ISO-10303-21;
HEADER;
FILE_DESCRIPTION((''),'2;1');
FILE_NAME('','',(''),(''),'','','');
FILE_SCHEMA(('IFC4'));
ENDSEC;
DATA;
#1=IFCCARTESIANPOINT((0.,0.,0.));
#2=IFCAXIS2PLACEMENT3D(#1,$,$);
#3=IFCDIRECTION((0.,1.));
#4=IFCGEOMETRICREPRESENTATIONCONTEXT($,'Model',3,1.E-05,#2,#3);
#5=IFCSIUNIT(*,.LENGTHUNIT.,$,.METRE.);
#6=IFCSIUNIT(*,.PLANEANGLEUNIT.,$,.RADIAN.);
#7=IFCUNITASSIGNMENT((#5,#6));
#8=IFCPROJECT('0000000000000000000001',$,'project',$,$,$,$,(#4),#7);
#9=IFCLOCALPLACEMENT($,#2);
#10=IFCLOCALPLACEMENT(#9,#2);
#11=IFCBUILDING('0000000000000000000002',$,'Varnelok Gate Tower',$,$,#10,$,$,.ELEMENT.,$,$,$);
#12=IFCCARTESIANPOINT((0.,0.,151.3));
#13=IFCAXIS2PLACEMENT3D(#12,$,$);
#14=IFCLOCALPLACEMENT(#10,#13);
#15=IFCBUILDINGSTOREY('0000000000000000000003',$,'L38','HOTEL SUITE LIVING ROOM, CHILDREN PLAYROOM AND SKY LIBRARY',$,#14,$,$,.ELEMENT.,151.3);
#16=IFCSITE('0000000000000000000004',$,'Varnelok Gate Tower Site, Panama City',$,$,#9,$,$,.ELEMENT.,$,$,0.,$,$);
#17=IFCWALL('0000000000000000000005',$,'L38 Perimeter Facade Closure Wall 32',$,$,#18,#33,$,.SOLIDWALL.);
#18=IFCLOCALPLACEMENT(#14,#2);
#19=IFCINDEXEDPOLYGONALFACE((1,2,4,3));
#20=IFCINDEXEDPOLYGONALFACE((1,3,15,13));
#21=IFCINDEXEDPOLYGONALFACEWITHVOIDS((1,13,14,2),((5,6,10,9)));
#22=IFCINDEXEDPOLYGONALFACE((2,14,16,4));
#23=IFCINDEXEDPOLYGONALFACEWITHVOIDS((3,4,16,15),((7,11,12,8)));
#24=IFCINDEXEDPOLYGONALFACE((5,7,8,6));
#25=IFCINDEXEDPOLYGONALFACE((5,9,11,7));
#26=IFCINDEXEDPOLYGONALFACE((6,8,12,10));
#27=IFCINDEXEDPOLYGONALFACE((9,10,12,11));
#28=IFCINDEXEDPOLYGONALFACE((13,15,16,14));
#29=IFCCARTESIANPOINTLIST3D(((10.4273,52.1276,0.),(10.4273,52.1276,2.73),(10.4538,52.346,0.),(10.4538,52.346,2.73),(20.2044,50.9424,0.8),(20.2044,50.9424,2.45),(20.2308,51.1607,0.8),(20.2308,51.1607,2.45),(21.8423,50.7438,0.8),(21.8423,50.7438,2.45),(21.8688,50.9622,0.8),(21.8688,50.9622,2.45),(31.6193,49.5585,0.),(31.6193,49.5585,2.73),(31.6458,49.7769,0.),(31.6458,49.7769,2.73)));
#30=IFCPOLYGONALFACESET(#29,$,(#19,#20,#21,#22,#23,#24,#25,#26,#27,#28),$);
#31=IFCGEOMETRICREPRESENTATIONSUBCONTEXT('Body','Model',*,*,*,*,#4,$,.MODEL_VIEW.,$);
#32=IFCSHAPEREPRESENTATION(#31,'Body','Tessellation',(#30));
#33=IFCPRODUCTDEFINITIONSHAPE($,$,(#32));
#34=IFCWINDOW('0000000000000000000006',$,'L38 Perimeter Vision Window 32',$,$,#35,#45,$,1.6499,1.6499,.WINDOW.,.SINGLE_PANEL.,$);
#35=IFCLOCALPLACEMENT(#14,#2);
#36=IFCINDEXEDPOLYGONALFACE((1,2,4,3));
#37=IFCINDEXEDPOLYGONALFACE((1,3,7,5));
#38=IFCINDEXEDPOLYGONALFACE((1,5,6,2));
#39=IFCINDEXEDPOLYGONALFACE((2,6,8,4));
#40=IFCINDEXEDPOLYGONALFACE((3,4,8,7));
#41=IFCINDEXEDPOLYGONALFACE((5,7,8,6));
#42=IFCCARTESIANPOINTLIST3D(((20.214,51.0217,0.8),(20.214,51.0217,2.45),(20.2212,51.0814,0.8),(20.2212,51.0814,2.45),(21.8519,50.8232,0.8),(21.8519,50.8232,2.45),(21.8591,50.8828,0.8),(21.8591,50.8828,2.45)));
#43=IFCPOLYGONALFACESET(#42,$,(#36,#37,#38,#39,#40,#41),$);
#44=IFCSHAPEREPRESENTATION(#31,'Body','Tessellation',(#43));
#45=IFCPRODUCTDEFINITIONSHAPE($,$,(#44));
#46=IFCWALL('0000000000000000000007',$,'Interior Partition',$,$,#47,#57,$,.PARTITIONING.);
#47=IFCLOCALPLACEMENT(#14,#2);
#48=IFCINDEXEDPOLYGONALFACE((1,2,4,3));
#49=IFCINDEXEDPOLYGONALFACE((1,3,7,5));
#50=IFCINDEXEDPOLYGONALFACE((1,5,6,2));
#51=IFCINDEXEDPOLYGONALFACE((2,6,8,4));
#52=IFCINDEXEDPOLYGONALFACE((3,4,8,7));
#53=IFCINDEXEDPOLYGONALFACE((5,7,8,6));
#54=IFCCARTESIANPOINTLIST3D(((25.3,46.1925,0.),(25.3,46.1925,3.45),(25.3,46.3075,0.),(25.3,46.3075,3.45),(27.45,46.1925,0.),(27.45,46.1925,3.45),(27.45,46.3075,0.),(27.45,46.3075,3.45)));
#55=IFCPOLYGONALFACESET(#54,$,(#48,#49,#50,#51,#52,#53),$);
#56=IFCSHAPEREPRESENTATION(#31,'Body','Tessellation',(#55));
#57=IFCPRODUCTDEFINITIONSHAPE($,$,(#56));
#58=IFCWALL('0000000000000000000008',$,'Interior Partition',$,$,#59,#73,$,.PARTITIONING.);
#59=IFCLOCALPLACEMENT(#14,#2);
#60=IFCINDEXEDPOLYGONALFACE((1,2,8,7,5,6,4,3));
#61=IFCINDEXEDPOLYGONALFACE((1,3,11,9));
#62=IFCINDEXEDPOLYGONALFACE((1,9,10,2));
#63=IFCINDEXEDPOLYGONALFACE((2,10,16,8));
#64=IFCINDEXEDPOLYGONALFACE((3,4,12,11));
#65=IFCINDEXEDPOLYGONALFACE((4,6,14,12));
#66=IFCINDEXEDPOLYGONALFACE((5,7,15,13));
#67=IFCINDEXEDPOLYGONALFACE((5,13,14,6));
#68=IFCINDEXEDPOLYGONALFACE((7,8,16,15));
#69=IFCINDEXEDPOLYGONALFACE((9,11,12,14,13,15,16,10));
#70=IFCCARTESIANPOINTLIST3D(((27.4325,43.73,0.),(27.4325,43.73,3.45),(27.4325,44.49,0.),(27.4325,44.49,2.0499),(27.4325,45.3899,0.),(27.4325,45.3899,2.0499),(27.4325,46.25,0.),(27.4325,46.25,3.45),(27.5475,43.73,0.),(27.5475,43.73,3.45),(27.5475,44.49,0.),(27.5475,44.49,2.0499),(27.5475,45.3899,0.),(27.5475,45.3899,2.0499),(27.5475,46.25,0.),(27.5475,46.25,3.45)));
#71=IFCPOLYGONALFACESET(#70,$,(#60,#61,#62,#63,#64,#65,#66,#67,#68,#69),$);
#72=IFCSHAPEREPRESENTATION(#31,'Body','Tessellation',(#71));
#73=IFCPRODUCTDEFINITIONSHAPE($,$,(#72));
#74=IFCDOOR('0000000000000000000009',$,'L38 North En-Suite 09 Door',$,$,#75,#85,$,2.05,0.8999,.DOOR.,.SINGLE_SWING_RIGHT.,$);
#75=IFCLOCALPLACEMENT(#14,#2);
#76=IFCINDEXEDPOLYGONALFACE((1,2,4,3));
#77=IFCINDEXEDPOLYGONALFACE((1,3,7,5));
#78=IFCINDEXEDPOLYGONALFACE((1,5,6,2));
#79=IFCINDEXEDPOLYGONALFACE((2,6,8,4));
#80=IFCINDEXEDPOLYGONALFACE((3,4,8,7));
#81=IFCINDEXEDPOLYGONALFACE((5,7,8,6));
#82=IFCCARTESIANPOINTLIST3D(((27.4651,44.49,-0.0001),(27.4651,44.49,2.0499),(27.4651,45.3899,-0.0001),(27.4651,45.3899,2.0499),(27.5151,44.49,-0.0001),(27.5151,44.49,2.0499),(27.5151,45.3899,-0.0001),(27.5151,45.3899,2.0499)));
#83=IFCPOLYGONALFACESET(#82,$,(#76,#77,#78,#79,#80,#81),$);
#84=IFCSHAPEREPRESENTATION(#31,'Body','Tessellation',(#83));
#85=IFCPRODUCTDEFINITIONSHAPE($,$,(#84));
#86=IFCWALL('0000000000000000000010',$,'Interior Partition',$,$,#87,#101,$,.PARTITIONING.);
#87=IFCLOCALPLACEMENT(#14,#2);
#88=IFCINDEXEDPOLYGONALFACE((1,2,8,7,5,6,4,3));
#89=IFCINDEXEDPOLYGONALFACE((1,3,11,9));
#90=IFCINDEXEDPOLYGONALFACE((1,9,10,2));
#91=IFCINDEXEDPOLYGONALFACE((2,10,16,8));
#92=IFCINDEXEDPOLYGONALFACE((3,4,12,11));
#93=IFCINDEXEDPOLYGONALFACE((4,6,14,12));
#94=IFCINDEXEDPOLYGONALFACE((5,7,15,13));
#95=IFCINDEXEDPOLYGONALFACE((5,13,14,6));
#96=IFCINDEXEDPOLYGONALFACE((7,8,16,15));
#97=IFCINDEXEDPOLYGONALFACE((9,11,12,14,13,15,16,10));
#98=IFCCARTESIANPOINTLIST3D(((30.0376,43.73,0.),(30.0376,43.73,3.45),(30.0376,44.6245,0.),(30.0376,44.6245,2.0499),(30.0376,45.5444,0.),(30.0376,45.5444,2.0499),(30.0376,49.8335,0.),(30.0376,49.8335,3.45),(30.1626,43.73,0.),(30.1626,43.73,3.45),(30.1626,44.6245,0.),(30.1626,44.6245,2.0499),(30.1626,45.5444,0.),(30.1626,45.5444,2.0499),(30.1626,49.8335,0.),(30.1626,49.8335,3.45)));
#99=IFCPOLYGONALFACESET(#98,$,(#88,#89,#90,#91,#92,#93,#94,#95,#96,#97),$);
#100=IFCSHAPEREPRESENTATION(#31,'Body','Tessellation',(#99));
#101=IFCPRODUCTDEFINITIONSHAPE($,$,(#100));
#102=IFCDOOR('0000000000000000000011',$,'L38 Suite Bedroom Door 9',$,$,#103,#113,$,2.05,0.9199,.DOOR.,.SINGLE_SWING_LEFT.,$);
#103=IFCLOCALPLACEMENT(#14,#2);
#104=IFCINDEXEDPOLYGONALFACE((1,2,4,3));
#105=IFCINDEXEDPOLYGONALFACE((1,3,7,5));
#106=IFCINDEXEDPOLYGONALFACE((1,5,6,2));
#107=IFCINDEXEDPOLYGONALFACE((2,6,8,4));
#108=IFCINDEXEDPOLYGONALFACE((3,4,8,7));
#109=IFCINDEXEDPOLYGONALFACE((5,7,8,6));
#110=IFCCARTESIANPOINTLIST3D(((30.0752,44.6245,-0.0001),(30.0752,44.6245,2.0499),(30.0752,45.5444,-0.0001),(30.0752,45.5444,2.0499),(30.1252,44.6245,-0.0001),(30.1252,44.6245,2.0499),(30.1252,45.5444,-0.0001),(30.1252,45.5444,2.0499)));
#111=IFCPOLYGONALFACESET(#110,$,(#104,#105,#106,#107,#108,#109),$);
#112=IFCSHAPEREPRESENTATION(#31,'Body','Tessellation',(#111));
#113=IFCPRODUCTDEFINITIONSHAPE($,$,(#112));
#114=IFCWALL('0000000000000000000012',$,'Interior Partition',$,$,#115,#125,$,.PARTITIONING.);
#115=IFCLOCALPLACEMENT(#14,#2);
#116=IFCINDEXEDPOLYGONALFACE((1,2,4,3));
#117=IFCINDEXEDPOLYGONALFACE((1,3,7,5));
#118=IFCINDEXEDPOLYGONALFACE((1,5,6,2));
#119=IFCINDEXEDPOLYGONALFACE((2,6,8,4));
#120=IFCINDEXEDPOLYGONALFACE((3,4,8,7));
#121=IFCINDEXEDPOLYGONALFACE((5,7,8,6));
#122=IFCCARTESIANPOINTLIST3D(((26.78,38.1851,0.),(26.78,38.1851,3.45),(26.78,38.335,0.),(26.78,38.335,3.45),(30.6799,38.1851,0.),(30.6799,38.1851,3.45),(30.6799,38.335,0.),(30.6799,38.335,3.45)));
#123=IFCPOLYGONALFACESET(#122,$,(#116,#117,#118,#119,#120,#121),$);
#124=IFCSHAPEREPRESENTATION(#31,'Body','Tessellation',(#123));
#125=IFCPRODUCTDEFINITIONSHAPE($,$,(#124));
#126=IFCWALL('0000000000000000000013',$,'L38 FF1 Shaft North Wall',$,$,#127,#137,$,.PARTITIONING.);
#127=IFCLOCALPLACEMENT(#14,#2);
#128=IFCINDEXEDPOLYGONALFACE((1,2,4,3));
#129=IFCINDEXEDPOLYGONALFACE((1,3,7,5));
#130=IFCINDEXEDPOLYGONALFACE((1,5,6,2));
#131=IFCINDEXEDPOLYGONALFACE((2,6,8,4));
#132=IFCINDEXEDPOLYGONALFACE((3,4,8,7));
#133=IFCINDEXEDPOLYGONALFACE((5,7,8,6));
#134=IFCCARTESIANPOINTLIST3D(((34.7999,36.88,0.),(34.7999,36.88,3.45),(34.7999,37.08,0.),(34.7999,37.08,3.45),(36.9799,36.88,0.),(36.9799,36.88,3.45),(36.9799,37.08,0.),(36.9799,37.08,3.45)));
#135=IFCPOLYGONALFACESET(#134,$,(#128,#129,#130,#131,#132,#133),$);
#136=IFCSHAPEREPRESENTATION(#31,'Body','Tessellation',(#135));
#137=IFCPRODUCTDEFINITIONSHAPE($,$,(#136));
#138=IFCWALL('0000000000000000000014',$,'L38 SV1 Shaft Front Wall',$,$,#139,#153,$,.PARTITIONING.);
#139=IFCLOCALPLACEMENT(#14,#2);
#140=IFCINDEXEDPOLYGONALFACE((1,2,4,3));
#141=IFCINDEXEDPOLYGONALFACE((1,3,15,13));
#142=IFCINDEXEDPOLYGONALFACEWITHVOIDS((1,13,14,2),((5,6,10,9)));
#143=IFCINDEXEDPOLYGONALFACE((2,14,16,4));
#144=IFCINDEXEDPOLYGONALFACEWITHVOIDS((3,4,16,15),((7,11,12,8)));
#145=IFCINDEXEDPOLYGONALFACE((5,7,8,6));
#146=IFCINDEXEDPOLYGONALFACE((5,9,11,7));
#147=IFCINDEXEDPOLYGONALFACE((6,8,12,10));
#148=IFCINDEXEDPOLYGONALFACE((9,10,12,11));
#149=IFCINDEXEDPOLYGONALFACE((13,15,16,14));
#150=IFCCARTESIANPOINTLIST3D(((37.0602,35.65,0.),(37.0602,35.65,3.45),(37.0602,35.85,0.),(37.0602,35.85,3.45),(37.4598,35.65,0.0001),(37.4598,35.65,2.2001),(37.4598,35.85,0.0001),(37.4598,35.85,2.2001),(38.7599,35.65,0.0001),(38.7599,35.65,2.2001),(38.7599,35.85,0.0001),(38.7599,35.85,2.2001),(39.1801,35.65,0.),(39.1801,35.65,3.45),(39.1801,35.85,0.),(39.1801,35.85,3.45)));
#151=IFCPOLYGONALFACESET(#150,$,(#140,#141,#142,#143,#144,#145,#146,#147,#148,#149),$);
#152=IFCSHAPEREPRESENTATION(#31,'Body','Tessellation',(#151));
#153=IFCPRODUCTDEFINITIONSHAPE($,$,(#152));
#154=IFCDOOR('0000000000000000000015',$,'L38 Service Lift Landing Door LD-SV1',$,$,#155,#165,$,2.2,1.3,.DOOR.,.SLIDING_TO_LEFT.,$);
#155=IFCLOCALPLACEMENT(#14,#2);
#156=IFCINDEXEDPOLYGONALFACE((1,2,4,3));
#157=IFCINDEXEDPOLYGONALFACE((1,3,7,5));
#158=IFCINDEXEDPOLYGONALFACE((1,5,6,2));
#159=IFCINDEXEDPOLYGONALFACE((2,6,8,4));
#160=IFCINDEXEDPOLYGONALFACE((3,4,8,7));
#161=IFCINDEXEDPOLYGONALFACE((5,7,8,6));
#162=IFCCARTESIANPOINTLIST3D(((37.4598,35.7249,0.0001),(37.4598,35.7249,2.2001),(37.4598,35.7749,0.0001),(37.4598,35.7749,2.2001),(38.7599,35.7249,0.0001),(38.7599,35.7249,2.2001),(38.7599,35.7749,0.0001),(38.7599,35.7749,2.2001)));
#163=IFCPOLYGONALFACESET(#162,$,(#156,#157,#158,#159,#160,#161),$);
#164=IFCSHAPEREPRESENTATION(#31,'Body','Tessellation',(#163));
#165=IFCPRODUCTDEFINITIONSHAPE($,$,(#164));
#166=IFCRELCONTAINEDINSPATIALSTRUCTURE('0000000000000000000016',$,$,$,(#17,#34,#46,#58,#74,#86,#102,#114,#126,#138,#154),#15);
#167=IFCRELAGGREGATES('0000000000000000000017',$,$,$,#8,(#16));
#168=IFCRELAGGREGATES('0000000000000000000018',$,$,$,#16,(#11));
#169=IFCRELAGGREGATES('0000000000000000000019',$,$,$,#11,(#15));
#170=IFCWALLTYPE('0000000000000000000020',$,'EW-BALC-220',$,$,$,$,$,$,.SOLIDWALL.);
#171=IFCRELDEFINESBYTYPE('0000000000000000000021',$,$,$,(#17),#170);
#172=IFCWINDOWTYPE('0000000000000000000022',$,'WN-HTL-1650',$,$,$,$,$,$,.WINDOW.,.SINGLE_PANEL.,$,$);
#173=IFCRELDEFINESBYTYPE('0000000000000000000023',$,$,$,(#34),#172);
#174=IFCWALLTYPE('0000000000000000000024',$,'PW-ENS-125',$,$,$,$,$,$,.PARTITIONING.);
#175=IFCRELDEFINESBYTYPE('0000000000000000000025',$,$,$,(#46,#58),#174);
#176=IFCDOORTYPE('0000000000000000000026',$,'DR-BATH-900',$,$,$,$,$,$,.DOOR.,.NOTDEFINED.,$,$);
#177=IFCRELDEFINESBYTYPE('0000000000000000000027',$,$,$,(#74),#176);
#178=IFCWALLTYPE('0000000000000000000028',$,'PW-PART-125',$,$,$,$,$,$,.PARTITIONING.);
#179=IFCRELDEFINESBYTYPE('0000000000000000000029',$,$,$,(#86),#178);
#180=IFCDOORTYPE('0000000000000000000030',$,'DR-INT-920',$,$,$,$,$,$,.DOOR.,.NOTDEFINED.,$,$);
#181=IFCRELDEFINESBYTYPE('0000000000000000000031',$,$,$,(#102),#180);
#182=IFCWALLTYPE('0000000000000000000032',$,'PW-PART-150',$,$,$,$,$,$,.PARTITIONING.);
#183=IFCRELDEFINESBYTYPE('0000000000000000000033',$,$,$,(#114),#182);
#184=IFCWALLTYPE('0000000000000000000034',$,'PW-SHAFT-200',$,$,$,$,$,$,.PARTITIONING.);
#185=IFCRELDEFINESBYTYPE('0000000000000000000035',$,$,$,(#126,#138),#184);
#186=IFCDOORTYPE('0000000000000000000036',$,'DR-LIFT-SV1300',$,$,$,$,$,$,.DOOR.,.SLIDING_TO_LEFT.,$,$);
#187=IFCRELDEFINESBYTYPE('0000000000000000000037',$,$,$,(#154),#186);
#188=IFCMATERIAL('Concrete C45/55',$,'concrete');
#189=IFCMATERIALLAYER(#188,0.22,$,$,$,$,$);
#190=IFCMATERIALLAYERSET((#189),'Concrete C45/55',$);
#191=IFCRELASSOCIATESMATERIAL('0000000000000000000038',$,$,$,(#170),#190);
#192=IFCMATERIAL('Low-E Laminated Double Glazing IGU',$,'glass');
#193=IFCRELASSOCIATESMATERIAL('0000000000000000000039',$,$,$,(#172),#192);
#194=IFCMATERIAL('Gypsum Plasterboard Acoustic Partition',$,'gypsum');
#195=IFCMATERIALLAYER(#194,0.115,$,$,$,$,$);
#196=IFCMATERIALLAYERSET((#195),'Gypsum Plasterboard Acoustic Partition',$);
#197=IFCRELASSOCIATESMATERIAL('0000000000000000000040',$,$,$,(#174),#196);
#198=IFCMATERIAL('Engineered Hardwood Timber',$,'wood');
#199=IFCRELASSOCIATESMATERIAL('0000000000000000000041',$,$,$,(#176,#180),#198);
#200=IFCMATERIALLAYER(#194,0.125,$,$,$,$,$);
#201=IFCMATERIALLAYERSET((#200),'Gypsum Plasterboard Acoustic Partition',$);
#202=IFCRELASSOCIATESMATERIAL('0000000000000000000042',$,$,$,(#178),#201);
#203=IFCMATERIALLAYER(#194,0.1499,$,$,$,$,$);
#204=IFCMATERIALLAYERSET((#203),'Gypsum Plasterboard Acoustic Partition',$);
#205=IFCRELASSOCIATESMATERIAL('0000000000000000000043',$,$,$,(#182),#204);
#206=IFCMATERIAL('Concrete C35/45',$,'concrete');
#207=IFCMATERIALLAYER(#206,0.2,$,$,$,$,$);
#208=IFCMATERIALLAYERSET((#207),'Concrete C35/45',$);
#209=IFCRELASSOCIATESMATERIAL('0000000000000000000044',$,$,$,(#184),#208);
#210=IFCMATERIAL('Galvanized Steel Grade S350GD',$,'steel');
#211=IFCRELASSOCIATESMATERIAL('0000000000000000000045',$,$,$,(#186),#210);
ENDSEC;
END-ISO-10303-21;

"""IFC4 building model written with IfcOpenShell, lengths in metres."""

from ifc_helpers import new_model, si_unit, direction, frame, frame_2d, origin, place, context, subcontext, project, spatial, rectangle, extrude, material, layer, layer_set, type_object, element, fill, save


model = new_model("IFC4")

# Units and contexts
model_context = context("Model", 3, precision=1e-05, world=origin(), true_north=direction((0.0, 1.0)))
body_context = subcontext(model_context, "Body", "Model", "MODEL_VIEW")
ifc_project = project(units=[si_unit("LENGTHUNIT", "METRE"), si_unit("PLANEANGLEUNIT", "RADIAN")], contexts=[model_context])

# Site, building, storey
site_placement = place(None, origin())
site = spatial("IfcSite", under=ifc_project, at=site_placement, Name="Varnelok Gate Tower Site, Panama City", CompositionType="ELEMENT", RefElevation=0.0)
building_placement = place(site_placement, origin())
building = spatial("IfcBuilding", under=site, at=building_placement, Name="Varnelok Gate Tower", CompositionType="ELEMENT")
storey_placement = place(building_placement, frame((0.0, 0.0, 151.3)))
storey = spatial("IfcBuildingStorey", under=building, at=storey_placement, Name="L38", Description="HOTEL SUITE LIVING ROOM, CHILDREN PLAYROOM AND SKY LIBRARY", CompositionType="ELEMENT", Elevation=151.3)

# Shared definitions
ifc_material_1 = material(Name="Concrete C45/55", Category="concrete")
ifc_layer_1 = layer(ifc_material_1, 0.22)
ifc_layer_set_1 = layer_set([ifc_layer_1], Name="Concrete C45/55")
wall_type_1 = type_object("IfcWallType", Name="EW-BALC-220", PredefinedType="SOLIDWALL", material=ifc_layer_set_1)

# Wall, opening, window
wall_1_placement = place(storey_placement, frame((31.6326, 49.6677, 0.0), z_axis=(0.0, 0.0, 1.0), x_axis=(-0.992732, 0.120349, 0.0)))
wall_1 = element("IfcWall", 1, at=wall_1_placement, inside=storey, type_object=wall_type_1, Name="L38 Perimeter Facade Closure Wall 32", PredefinedType="SOLIDWALL", context=body_context, shape_type="SweptSolid", body=[
    extrude(rectangle(XDim=21.3472, YDim=0.22, at=frame_2d((10.6736, 0.0))), origin(), (0.0, 0.0, 1.0), 2.73),
])
opening_1_placement = place(wall_1_placement, frame((9.8486, 0.0, 0.8)))
opening_1 = element("IfcOpeningElement", 2, at=opening_1_placement, cuts=wall_1, PredefinedType="OPENING", context=body_context, shape_type="SweptSolid", body=[
    extrude(rectangle(XDim=1.6499, YDim=1.6499, at=frame_2d((0.825, 0.825))), frame((0.0, 0.1199, 0.0), z_axis=(0.0, -1.0, 0.0), x_axis=(1.0, 0.0, 0.0)), (0.0, 0.0, 1.0), 0.24),
])
ifc_material_2 = material(Name="Low-E Laminated Double Glazing IGU", Category="glass")
window_type = type_object("IfcWindowType", Name="WN-HTL-1650", PartitioningType="SINGLE_PANEL", PredefinedType="WINDOW", material=ifc_material_2)
window_placement = place(opening_1_placement, origin())
window = element("IfcWindow", 3, at=window_placement, inside=storey, type_object=window_type, Name="L38 Perimeter Vision Window 32", OverallHeight=1.6499, OverallWidth=1.6499, PartitioningType="SINGLE_PANEL", PredefinedType="WINDOW", context=body_context, shape_type="SweptSolid", body=[
    extrude(rectangle(XDim=1.6499, YDim=1.6499, at=frame_2d((0.825, 0.825))), frame((0.0, 0.03, 0.0), z_axis=(0.0, -1.0, 0.0), x_axis=(1.0, 0.0, 0.0)), (0.0, 0.0, 1.0), 0.0601),
])
fill(opening_1, window)

# Wall
ifc_material_3 = material(Name="Gypsum Plasterboard Acoustic Partition", Category="gypsum")
ifc_layer_2 = layer(ifc_material_3, 0.115)
ifc_layer_set_2 = layer_set([ifc_layer_2], Name="Gypsum Plasterboard Acoustic Partition")
wall_type_2 = type_object("IfcWallType", Name="PW-ENS-125", PredefinedType="PARTITIONING", material=ifc_layer_set_2)
wall_2_placement = place(storey_placement, frame((25.3, 46.25, 0.0), z_axis=(0.0, 0.0, 1.0), x_axis=(1.0, 0.0, 0.0)))
element("IfcWall", 4, at=wall_2_placement, inside=storey, type_object=wall_type_2, Name="Interior Partition", PredefinedType="PARTITIONING", context=body_context, shape_type="SweptSolid", body=[
    extrude(rectangle(XDim=2.1499, YDim=0.115, at=frame_2d((1.075, 0.0))), origin(), (0.0, 0.0, 1.0), 3.45),
])

# Walls, openings, doors
wall_3_placement = place(storey_placement, frame((27.49, 43.73, 0.0), z_axis=(0.0, 0.0, 1.0), x_axis=(0.0, 1.0, 0.0)))
wall_3 = element("IfcWall", 5, at=wall_3_placement, inside=storey, type_object=wall_type_2, Name="Interior Partition", PredefinedType="PARTITIONING", context=body_context, shape_type="SweptSolid", body=[
    extrude(rectangle(XDim=2.52, YDim=0.115, at=frame_2d((1.26, 0.0))), origin(), (0.0, 0.0, 1.0), 3.45),
])
opening_2_placement = place(wall_3_placement, frame((0.76, 0.0, 0.0)))
opening_2 = element("IfcOpeningElement", 6, at=opening_2_placement, cuts=wall_3, PredefinedType="OPENING", context=body_context, shape_type="SweptSolid", body=[
    extrude(rectangle(XDim=0.8999, YDim=2.05, at=frame_2d((0.45, 1.0249))), frame((0.0, 0.0674, 0.0), z_axis=(0.0, -1.0, 0.0), x_axis=(1.0, 0.0, 0.0)), (0.0, 0.0, 1.0), 0.135),
])
ifc_material_4 = material(Name="Engineered Hardwood Timber", Category="wood")
door_type_1 = type_object("IfcDoorType", Name="DR-BATH-900", OperationType="NOTDEFINED", PredefinedType="DOOR", material=ifc_material_4)
door_1_placement = place(opening_2_placement, origin())
door_1 = element("IfcDoor", 7, at=door_1_placement, inside=storey, type_object=door_type_1, Name="L38 North En-Suite 09 Door", OperationType="SINGLE_SWING_RIGHT", OverallHeight=2.05, OverallWidth=0.8999, PredefinedType="DOOR", context=body_context, shape_type="SweptSolid", body=[
    extrude(rectangle(XDim=0.8999, YDim=2.05, at=frame_2d((0.45, 1.0249))), frame((0.0, 0.0249, 0.0), z_axis=(0.0, -1.0, 0.0), x_axis=(1.0, 0.0, 0.0)), (0.0, 0.0, 1.0), 0.05),
])
fill(opening_2, door_1)
ifc_layer_3 = layer(ifc_material_3, 0.125)
ifc_layer_set_3 = layer_set([ifc_layer_3], Name="Gypsum Plasterboard Acoustic Partition")
wall_type_3 = type_object("IfcWallType", Name="PW-PART-125", PredefinedType="PARTITIONING", material=ifc_layer_set_3)
wall_4_placement = place(storey_placement, frame((30.1001, 43.73, 0.0), z_axis=(0.0, 0.0, 1.0), x_axis=(0.0, 1.0, 0.0)))
wall_4 = element("IfcWall", 8, at=wall_4_placement, inside=storey, type_object=wall_type_3, Name="Interior Partition", PredefinedType="PARTITIONING", context=body_context, shape_type="SweptSolid", body=[
    extrude(rectangle(XDim=6.1035, YDim=0.125, at=frame_2d((3.0518, 0.0))), origin(), (0.0, 0.0, 1.0), 3.45),
])
opening_3_placement = place(wall_4_placement, frame((0.8945, 0.0, 0.0)))
opening_3 = element("IfcOpeningElement", 9, at=opening_3_placement, cuts=wall_4, PredefinedType="OPENING", context=body_context, shape_type="SweptSolid", body=[
    extrude(rectangle(XDim=0.9199, YDim=2.05, at=frame_2d((0.46, 1.0249))), frame((0.0, 0.0725, 0.0), z_axis=(0.0, -1.0, 0.0), x_axis=(1.0, 0.0, 0.0)), (0.0, 0.0, 1.0), 0.145),
])
door_type_2 = type_object("IfcDoorType", Name="DR-INT-920", OperationType="NOTDEFINED", PredefinedType="DOOR", material=ifc_material_4)
door_2_placement = place(opening_3_placement, origin())
door_2 = element("IfcDoor", 10, at=door_2_placement, inside=storey, type_object=door_type_2, Name="L38 Suite Bedroom Door 9", OperationType="SINGLE_SWING_LEFT", OverallHeight=2.05, OverallWidth=0.9199, PredefinedType="DOOR", context=body_context, shape_type="SweptSolid", body=[
    extrude(rectangle(XDim=0.9199, YDim=2.05, at=frame_2d((0.46, 1.0249))), frame((0.0, 0.0249, 0.0), z_axis=(0.0, -1.0, 0.0), x_axis=(1.0, 0.0, 0.0)), (0.0, 0.0, 1.0), 0.05),
])
fill(opening_3, door_2)

# Walls
ifc_layer_4 = layer(ifc_material_3, 0.1499)
ifc_layer_set_4 = layer_set([ifc_layer_4], Name="Gypsum Plasterboard Acoustic Partition")
wall_type_4 = type_object("IfcWallType", Name="PW-PART-150", PredefinedType="PARTITIONING", material=ifc_layer_set_4)
wall_5_placement = place(storey_placement, frame((26.78, 38.26, 0.0), z_axis=(0.0, 0.0, 1.0), x_axis=(1.0, 0.0, 0.0)))
element("IfcWall", 11, at=wall_5_placement, inside=storey, type_object=wall_type_4, Name="Interior Partition", PredefinedType="PARTITIONING", context=body_context, shape_type="SweptSolid", body=[
    extrude(rectangle(XDim=3.8999, YDim=0.1499, at=frame_2d((1.95, 0.0))), origin(), (0.0, 0.0, 1.0), 3.45),
])
ifc_material_5 = material(Name="Concrete C35/45", Category="concrete")
ifc_layer_5 = layer(ifc_material_5, 0.2)
ifc_layer_set_5 = layer_set([ifc_layer_5], Name="Concrete C35/45")
wall_type_5 = type_object("IfcWallType", Name="PW-SHAFT-200", PredefinedType="PARTITIONING", material=ifc_layer_set_5)
wall_6_placement = place(storey_placement, frame((34.8, 36.98, 0.0), z_axis=(0.0, 0.0, 1.0), x_axis=(1.0, 0.0, 0.0)))
element("IfcWall", 12, at=wall_6_placement, inside=storey, type_object=wall_type_5, Name="L38 FF1 Shaft North Wall", PredefinedType="PARTITIONING", context=body_context, shape_type="SweptSolid", body=[
    extrude(rectangle(XDim=2.1799, YDim=0.2, at=frame_2d((1.0898, 0.0))), origin(), (0.0, 0.0, 1.0), 3.45),
])

# Wall, opening, door
wall_7_placement = place(storey_placement, frame((37.0601, 35.75, 0.0), z_axis=(0.0, 0.0, 1.0), x_axis=(1.0, 0.0, 0.0)))
wall_7 = element("IfcWall", 13, at=wall_7_placement, inside=storey, type_object=wall_type_5, Name="L38 SV1 Shaft Front Wall", PredefinedType="PARTITIONING", context=body_context, shape_type="SweptSolid", body=[
    extrude(rectangle(XDim=2.1199, YDim=0.2, at=frame_2d((1.0601, 0.0))), origin(), (0.0, 0.0, 1.0), 3.45),
])
opening_4_placement = place(wall_7_placement, frame((0.3999, 0.0, 0.0)))
opening_4 = element("IfcOpeningElement", 14, at=opening_4_placement, cuts=wall_7, PredefinedType="OPENING", context=body_context, shape_type="SweptSolid", body=[
    extrude(rectangle(XDim=1.3, YDim=2.2, at=frame_2d((0.6499, 1.1001))), frame((0.0, 0.1099, 0.0), z_axis=(0.0, -1.0, 0.0), x_axis=(1.0, 0.0, 0.0)), (0.0, 0.0, 1.0), 0.22),
])
ifc_material_6 = material(Name="Galvanized Steel Grade S350GD", Category="steel")
door_type_3 = type_object("IfcDoorType", Name="DR-LIFT-SV1300", OperationType="SLIDING_TO_LEFT", PredefinedType="DOOR", material=ifc_material_6)
door_3_placement = place(opening_4_placement, origin())
door_3 = element("IfcDoor", 15, at=door_3_placement, inside=storey, type_object=door_type_3, Name="L38 Service Lift Landing Door LD-SV1", OperationType="SLIDING_TO_LEFT", OverallHeight=2.2, OverallWidth=1.3, PredefinedType="DOOR", context=body_context, shape_type="SweptSolid", body=[
    extrude(rectangle(XDim=1.3, YDim=2.2, at=frame_2d((0.6499, 1.1001))), frame((0.0, 0.0249, 0.0), z_axis=(0.0, -1.0, 0.0), x_axis=(1.0, 0.0, 0.0)), (0.0, 0.0, 1.0), 0.05),
])
fill(opening_4, door_3)

save(model, "model.ifc")
